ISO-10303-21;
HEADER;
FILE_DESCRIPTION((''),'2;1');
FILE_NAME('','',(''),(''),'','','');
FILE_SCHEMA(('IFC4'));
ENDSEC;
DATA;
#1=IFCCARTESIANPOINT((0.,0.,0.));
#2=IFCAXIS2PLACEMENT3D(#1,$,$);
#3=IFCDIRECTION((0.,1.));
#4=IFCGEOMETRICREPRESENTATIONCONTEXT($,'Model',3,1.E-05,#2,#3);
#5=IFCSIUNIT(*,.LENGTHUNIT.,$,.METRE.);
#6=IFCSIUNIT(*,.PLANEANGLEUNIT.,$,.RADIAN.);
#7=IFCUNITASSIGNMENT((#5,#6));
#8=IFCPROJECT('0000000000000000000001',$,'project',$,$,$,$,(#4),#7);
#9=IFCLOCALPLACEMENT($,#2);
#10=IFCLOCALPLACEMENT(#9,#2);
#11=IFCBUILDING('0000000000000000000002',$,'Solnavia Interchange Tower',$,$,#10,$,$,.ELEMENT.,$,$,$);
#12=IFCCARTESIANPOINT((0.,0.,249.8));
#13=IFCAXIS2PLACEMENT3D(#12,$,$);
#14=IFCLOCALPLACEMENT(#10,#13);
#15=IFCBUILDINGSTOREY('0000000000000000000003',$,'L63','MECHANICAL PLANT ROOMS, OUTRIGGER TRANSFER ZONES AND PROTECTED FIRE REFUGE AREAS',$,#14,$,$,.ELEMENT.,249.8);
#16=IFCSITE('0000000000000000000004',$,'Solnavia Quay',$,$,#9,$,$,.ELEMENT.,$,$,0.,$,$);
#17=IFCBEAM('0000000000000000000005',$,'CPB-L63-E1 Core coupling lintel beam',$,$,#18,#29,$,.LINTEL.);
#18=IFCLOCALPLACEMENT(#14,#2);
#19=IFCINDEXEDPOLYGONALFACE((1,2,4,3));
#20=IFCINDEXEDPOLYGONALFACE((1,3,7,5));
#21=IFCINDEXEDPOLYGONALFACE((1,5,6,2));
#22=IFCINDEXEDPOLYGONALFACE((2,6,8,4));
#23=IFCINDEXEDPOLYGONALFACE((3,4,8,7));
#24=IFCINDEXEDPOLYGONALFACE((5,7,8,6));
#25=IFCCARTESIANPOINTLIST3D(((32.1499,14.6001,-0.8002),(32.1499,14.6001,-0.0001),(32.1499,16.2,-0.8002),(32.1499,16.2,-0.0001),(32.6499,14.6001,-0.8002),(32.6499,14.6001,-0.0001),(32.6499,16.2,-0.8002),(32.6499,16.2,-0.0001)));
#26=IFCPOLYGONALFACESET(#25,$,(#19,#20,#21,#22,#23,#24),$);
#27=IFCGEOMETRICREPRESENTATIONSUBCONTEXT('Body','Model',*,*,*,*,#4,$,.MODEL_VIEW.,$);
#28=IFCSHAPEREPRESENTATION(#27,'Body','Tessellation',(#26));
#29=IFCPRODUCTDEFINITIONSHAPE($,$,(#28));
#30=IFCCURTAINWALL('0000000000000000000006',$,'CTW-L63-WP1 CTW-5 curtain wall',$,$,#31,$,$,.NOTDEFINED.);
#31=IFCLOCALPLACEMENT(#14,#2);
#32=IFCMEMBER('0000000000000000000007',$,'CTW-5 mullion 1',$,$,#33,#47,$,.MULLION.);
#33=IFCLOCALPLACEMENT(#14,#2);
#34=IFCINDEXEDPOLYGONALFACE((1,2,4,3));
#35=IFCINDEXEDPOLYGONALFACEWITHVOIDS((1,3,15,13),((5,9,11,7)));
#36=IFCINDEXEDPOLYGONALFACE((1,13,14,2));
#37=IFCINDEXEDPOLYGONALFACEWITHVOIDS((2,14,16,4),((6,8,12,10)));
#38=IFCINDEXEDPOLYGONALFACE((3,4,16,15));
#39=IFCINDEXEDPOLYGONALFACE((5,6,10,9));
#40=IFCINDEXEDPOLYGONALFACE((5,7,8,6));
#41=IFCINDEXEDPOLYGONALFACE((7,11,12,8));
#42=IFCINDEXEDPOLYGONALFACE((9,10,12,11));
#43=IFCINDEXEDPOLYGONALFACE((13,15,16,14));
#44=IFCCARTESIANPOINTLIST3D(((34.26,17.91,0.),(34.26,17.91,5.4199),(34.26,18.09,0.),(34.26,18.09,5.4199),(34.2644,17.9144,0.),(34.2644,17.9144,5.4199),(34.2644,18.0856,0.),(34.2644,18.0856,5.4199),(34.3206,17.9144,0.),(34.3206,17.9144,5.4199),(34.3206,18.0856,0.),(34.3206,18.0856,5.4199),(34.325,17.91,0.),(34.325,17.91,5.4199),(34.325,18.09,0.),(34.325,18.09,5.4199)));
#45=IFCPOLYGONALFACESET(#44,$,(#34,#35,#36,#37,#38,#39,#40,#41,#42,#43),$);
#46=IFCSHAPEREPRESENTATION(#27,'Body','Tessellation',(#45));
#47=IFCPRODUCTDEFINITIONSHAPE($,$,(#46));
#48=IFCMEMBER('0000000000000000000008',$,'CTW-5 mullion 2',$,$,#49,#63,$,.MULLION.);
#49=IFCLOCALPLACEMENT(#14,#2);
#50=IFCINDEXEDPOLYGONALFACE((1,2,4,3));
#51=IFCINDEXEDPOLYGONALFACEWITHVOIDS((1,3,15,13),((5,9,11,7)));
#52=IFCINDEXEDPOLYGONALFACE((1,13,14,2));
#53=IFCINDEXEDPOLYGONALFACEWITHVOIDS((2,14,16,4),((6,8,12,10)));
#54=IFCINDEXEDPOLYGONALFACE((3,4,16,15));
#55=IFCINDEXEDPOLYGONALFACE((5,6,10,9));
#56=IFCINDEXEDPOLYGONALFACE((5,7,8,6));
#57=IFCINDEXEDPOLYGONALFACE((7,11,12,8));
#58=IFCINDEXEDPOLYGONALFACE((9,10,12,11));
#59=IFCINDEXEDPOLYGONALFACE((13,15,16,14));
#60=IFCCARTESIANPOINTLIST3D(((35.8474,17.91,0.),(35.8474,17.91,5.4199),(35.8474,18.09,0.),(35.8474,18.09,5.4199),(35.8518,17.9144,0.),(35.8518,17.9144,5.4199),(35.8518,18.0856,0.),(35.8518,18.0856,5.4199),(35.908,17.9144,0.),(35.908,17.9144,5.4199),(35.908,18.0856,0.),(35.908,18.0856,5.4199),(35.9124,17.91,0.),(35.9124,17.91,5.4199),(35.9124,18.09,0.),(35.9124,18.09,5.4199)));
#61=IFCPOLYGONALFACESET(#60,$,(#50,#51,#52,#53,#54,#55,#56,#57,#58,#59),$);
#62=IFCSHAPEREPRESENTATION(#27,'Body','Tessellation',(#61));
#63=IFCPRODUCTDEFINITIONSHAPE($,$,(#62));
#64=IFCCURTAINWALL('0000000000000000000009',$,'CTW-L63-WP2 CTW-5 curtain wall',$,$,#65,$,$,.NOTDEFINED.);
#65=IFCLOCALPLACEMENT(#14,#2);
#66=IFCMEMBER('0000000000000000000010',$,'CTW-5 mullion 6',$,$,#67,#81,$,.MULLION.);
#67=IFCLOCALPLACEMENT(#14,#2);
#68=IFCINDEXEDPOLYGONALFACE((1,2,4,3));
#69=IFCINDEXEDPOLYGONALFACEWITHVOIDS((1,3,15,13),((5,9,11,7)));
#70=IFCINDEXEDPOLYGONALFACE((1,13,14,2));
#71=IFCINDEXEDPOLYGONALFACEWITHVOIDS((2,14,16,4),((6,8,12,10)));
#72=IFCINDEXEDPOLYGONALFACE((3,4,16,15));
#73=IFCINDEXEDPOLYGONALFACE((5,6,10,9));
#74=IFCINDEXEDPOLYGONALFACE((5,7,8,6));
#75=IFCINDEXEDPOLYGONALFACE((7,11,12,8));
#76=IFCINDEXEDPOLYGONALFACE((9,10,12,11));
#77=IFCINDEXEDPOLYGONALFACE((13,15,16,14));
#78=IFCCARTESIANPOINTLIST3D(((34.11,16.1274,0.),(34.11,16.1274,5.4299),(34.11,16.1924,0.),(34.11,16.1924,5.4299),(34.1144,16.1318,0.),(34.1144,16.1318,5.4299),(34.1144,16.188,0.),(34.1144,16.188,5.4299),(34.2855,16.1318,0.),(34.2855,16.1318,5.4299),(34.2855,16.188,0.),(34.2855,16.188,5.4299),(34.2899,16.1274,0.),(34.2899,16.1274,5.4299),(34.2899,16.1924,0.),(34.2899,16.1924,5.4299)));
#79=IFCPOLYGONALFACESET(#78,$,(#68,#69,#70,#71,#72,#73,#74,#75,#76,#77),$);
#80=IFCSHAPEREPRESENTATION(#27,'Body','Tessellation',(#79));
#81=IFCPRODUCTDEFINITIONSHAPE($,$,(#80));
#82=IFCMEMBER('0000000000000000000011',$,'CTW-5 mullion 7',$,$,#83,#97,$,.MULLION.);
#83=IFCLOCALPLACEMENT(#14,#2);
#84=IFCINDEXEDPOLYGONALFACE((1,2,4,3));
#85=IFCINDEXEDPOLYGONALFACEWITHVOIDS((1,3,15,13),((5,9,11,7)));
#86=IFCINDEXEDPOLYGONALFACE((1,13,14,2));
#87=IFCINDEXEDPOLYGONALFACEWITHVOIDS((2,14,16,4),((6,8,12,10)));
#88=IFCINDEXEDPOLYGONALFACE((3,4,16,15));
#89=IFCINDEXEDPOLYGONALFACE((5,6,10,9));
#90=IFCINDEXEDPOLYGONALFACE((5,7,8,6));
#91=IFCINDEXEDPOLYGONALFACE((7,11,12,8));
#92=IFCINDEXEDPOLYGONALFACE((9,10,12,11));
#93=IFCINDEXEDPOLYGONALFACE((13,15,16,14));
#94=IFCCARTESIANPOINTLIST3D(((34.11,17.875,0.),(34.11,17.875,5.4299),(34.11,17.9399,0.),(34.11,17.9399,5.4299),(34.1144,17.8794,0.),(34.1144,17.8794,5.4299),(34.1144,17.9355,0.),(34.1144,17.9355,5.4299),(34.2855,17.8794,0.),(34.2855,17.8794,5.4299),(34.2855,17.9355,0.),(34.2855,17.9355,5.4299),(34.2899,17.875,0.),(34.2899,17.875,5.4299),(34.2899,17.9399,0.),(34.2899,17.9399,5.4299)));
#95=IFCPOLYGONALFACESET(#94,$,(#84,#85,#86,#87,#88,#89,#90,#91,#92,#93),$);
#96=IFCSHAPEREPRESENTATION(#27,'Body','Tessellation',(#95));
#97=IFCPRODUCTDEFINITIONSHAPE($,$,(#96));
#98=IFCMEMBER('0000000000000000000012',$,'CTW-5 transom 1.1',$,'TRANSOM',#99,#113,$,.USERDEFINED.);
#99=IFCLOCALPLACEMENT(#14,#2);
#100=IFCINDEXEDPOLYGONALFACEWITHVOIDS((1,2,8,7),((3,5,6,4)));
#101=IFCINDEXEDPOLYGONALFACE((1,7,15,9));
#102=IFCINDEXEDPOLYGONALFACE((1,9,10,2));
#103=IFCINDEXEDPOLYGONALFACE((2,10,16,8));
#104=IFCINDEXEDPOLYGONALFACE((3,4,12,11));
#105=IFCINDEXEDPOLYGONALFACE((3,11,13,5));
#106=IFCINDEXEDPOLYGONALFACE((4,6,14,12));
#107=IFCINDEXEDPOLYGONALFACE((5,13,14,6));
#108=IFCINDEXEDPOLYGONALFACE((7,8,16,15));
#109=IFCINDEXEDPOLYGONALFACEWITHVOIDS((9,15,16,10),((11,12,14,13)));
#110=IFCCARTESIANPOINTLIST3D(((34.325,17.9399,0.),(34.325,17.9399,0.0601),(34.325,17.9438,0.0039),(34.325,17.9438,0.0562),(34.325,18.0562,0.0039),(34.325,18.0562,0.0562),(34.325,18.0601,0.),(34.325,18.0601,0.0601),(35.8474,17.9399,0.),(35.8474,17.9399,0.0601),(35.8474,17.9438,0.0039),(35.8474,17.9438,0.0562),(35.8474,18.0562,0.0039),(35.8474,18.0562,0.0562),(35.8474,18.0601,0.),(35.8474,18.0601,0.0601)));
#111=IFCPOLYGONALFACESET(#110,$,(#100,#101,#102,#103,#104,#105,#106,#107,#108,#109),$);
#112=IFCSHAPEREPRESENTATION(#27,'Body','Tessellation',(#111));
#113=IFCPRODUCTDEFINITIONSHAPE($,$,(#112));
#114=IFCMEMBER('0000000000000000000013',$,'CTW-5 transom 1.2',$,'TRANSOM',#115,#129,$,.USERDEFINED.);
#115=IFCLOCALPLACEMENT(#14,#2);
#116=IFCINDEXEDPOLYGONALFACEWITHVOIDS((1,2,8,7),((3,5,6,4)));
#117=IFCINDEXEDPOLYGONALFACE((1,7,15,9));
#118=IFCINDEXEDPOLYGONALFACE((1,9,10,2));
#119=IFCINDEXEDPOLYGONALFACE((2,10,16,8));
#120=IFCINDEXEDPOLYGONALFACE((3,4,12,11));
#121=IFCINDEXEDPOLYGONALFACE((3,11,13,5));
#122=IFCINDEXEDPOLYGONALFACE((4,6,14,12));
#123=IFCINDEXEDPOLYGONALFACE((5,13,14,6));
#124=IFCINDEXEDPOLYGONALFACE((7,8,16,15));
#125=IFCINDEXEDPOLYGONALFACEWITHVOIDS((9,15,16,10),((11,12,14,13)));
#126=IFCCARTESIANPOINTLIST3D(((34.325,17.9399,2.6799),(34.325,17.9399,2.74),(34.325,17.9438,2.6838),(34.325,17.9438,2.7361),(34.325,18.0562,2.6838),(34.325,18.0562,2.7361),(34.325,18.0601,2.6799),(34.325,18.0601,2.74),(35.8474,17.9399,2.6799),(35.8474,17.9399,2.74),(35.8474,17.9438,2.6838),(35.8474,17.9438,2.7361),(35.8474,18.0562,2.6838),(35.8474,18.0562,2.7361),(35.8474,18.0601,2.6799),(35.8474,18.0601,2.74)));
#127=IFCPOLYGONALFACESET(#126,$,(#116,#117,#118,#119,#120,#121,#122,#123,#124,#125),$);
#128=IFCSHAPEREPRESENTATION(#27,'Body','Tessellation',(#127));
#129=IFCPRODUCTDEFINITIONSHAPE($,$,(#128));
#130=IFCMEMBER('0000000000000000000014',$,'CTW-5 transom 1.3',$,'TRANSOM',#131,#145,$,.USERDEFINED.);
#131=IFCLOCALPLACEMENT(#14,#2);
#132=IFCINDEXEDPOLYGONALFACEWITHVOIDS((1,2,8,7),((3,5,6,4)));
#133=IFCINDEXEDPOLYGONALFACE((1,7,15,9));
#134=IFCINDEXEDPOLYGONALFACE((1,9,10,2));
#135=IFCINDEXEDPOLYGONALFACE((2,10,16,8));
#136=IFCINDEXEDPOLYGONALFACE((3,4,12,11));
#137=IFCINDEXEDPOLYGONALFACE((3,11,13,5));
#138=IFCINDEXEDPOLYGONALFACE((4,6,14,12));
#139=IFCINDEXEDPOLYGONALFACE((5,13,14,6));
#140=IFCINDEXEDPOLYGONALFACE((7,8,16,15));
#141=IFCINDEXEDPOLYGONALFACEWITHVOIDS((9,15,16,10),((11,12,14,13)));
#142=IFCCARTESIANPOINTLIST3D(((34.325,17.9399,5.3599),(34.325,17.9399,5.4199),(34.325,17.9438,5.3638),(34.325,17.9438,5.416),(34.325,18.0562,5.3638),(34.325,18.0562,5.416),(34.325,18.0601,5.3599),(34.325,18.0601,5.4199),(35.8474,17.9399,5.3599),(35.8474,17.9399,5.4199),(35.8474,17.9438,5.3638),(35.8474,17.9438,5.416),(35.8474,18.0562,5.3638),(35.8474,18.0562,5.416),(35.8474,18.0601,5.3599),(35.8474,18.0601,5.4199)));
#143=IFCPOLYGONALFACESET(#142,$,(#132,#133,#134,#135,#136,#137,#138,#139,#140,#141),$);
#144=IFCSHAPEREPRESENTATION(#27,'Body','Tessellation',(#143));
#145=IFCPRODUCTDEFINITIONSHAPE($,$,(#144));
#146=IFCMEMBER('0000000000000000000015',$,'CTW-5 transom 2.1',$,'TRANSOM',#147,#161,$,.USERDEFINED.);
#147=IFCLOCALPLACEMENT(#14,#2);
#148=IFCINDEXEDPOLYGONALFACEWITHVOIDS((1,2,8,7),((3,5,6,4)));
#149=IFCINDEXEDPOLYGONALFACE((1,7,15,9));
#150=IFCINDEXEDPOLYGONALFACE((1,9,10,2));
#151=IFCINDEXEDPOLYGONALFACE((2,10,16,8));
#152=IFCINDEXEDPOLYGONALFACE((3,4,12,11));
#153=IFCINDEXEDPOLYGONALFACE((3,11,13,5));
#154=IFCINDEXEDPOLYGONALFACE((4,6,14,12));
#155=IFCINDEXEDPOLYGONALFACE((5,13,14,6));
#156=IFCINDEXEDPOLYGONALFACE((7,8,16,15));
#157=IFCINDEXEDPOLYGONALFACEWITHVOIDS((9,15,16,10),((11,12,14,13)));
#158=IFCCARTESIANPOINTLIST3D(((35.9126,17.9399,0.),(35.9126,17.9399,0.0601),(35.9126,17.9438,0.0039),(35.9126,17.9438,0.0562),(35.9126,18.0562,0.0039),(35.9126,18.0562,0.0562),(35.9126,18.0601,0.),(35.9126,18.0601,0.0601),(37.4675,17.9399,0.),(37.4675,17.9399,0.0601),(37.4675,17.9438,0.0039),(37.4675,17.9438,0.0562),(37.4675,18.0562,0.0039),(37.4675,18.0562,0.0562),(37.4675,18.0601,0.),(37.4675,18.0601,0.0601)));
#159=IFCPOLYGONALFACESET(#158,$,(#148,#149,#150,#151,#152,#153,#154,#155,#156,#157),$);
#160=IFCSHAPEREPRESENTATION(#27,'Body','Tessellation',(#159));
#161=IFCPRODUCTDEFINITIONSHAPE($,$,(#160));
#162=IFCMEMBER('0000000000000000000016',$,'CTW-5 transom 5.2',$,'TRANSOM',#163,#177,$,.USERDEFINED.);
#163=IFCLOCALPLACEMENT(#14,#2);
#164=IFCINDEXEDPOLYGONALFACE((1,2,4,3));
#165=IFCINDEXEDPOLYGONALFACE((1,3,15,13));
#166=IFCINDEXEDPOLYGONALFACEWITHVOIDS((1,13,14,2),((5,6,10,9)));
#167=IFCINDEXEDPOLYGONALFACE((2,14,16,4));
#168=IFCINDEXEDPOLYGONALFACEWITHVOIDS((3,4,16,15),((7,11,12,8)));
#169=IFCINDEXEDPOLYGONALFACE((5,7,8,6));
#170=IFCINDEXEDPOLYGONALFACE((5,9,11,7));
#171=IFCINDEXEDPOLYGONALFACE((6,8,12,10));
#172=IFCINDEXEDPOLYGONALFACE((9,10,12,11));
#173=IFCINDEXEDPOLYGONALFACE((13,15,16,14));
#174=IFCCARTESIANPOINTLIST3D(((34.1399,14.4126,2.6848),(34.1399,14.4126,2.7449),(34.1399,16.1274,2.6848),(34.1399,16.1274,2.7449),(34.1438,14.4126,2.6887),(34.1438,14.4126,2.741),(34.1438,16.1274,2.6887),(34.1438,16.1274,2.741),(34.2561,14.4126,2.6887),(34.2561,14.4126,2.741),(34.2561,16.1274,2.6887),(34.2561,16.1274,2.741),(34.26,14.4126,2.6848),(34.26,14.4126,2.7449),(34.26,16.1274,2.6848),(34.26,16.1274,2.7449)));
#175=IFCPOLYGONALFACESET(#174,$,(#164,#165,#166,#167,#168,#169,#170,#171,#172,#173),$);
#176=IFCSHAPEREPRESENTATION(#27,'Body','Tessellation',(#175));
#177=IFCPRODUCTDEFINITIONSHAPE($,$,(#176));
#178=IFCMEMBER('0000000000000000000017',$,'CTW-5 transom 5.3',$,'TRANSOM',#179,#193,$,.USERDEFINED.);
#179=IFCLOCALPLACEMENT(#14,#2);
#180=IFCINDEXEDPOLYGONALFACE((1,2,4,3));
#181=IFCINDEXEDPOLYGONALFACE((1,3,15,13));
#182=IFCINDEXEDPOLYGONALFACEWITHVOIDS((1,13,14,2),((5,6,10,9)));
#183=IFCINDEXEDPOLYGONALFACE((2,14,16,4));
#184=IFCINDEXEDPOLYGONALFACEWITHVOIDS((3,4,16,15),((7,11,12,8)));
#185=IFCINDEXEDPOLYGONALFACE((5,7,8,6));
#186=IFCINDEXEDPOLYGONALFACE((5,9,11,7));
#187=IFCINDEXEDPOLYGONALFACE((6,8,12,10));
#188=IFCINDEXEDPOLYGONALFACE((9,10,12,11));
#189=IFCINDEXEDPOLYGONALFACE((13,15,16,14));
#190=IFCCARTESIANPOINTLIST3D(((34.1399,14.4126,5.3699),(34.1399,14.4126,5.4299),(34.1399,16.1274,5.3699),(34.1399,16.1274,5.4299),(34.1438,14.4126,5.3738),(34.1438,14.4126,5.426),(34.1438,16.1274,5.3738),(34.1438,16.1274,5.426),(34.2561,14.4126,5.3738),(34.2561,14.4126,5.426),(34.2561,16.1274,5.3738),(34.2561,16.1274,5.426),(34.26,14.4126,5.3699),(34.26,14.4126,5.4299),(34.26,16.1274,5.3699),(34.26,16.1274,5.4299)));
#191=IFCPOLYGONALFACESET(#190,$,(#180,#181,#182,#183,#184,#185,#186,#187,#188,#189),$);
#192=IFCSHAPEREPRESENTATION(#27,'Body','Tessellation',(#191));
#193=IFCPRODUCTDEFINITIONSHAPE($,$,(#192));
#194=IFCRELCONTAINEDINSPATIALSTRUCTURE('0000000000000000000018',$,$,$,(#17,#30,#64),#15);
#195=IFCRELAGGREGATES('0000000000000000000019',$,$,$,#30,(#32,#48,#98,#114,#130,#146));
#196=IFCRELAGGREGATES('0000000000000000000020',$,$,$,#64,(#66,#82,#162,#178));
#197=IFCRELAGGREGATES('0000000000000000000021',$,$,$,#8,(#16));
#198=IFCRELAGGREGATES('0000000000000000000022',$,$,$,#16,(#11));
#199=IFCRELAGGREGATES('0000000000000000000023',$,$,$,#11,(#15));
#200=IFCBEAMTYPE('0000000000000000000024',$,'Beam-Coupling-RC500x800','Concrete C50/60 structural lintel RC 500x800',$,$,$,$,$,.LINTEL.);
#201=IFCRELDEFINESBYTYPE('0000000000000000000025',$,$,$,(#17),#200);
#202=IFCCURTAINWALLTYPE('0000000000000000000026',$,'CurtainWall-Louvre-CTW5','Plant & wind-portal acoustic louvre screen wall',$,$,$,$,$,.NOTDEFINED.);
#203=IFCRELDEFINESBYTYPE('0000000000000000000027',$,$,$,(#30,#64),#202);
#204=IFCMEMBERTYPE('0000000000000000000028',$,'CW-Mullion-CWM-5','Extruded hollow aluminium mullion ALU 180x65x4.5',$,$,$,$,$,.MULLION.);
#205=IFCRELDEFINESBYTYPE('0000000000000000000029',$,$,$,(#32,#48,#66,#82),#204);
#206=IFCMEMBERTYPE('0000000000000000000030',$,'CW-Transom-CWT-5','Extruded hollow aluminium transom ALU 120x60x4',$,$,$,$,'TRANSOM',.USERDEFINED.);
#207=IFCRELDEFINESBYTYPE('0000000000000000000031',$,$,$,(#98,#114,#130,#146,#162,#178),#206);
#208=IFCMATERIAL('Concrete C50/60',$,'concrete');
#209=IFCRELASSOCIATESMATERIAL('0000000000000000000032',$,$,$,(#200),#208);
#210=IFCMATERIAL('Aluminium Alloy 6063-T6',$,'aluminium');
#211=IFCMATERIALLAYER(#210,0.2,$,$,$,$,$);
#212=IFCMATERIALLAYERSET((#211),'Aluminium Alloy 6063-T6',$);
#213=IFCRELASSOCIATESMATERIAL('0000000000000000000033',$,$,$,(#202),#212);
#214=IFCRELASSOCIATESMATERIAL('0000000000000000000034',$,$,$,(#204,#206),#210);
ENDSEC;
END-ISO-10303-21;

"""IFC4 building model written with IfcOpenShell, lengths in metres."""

from ifc_helpers import new_model, si_unit, direction, frame, origin, origin_2d, place, context, subcontext, project, spatial, rectangle, hollow_rectangle, extrude, material, layer, layer_set, material_profile, profile_set, type_object, element, aggregate, save


model = new_model("IFC4")

# Units and contexts
model_context = context("Model", 3, precision=1e-05, world=origin(), true_north=direction((0.0, 1.0)))
body_context = subcontext(model_context, "Body", "Model", "MODEL_VIEW")
ifc_project = project(units=[si_unit("LENGTHUNIT", "METRE"), si_unit("PLANEANGLEUNIT", "RADIAN")], contexts=[model_context])

# Site, building, storey
site_placement = place(None, origin())
site = spatial("IfcSite", under=ifc_project, at=site_placement, Name="Solnavia Quay", CompositionType="ELEMENT", RefElevation=0.0)
building_placement = place(site_placement, origin())
building = spatial("IfcBuilding", under=site, at=building_placement, Name="Solnavia Interchange Tower", CompositionType="ELEMENT")
storey_placement = place(building_placement, frame((0.0, 0.0, 249.8)))
storey = spatial("IfcBuildingStorey", under=building, at=storey_placement, Name="L63", Description="MECHANICAL PLANT ROOMS, OUTRIGGER TRANSFER ZONES AND PROTECTED FIRE REFUGE AREAS", CompositionType="ELEMENT", Elevation=249.8)

# Beam
ifc_material_1 = material(Name="Concrete C50/60", Category="concrete")
ifc_material_profile_1 = material_profile(ifc_material_1, rectangle(XDim=0.5, YDim=0.8, at=origin_2d()), Name="RC 500x800")
ifc_profile_set_1 = profile_set([ifc_material_profile_1], Name="Concrete C50/60")
beam_type = type_object("IfcBeamType", Name="Beam-Coupling-RC500x800", Description="Concrete C50/60 structural lintel RC 500x800", PredefinedType="LINTEL", material=ifc_profile_set_1)
beam_placement = place(storey_placement, frame((32.3999, 14.6001, -0.4001), z_axis=(0.0, 1.0, 0.0), x_axis=(-1.0, 0.0, 0.0)))
element("IfcBeam", 1, at=beam_placement, inside=storey, type_object=beam_type, Name="CPB-L63-E1 Core coupling lintel beam", PredefinedType="LINTEL", context=body_context, shape_type="SweptSolid", body=[
    extrude(rectangle(XDim=0.5, YDim=0.8, at=origin_2d()), origin(), (0.0, 0.0, 1.0), 1.5999),
])

# Curtain walls, members
ifc_material_2 = material(Name="Aluminium Alloy 6063-T6", Category="aluminium")
ifc_layer_1 = layer(ifc_material_2, 0.2)
ifc_layer_set_1 = layer_set([ifc_layer_1], Name="Aluminium Alloy 6063-T6")
curtain_wall_type = type_object("IfcCurtainWallType", Name="CurtainWall-Louvre-CTW5", Description="Plant & wind-portal acoustic louvre screen wall", PredefinedType="NOTDEFINED", material=ifc_layer_set_1)
curtain_wall_1_placement = place(storey_placement, origin())
curtain_wall_1 = element("IfcCurtainWall", 2, at=curtain_wall_1_placement, inside=storey, type_object=curtain_wall_type, Name="CTW-L63-WP1 CTW-5 curtain wall", PredefinedType="NOTDEFINED")
ifc_material_profile_2 = material_profile(ifc_material_2, hollow_rectangle(XDim=0.0649, YDim=0.1799, WallThickness=0.0044, at=origin_2d()), Name="ALU 180x65x4.5")
ifc_profile_set_2 = profile_set([ifc_material_profile_2], Name="Aluminium Alloy 6063-T6")
member_type_1 = type_object("IfcMemberType", Name="CW-Mullion-CWM-5", Description="Extruded hollow aluminium mullion ALU 180x65x4.5", PredefinedType="MULLION", material=ifc_profile_set_2)
member_1_placement = place(storey_placement, frame((34.2925, 18.0, 0.0), z_axis=(0.0, 0.0, 1.0), x_axis=(1.0, 0.0, 0.0)))
member_1 = element("IfcMember", 3, at=member_1_placement, type_object=member_type_1, Name="CTW-5 mullion 1", PredefinedType="MULLION", context=body_context, shape_type="SweptSolid", body=[
    extrude(hollow_rectangle(XDim=0.0649, YDim=0.1799, WallThickness=0.0044, at=origin_2d()), origin(), (0.0, 0.0, 1.0), 5.4199),
])
member_2_placement = place(storey_placement, frame((35.8799, 18.0, 0.0), z_axis=(0.0, 0.0, 1.0), x_axis=(1.0, 0.0, 0.0)))
member_2 = element("IfcMember", 4, at=member_2_placement, type_object=member_type_1, Name="CTW-5 mullion 2", PredefinedType="MULLION", context=body_context, shape_type="SweptSolid", body=[
    extrude(hollow_rectangle(XDim=0.0649, YDim=0.1799, WallThickness=0.0044, at=origin_2d()), origin(), (0.0, 0.0, 1.0), 5.4199),
])
curtain_wall_2_placement = place(storey_placement, origin())
curtain_wall_2 = element("IfcCurtainWall", 5, at=curtain_wall_2_placement, inside=storey, type_object=curtain_wall_type, Name="CTW-L63-WP2 CTW-5 curtain wall", PredefinedType="NOTDEFINED")
member_3_placement = place(storey_placement, frame((34.2, 16.1599, 0.0), z_axis=(0.0, 0.0, 1.0), x_axis=(0.0, 1.0, 0.0)))
member_3 = element("IfcMember", 6, at=member_3_placement, type_object=member_type_1, Name="CTW-5 mullion 6", PredefinedType="MULLION", context=body_context, shape_type="SweptSolid", body=[
    extrude(hollow_rectangle(XDim=0.0649, YDim=0.1799, WallThickness=0.0044, at=origin_2d()), origin(), (0.0, 0.0, 1.0), 5.4299),
])
member_4_placement = place(storey_placement, frame((34.2, 17.9075, 0.0), z_axis=(0.0, 0.0, 1.0), x_axis=(0.0, 1.0, 0.0)))
member_4 = element("IfcMember", 7, at=member_4_placement, type_object=member_type_1, Name="CTW-5 mullion 7", PredefinedType="MULLION", context=body_context, shape_type="SweptSolid", body=[
    extrude(hollow_rectangle(XDim=0.0649, YDim=0.1799, WallThickness=0.0044, at=origin_2d()), origin(), (0.0, 0.0, 1.0), 5.4299),
])

# Members
ifc_material_profile_3 = material_profile(ifc_material_2, hollow_rectangle(XDim=0.0601, YDim=0.1201, WallThickness=0.0039, at=origin_2d()), Name="ALU 120x60x4")
ifc_profile_set_3 = profile_set([ifc_material_profile_3], Name="Aluminium Alloy 6063-T6")
member_type_2 = type_object("IfcMemberType", Name="CW-Transom-CWT-5", Description="Extruded hollow aluminium transom ALU 120x60x4", ElementType="TRANSOM", PredefinedType="USERDEFINED", material=ifc_profile_set_3)
member_5_placement = place(storey_placement, frame((34.325, 18.0, 0.03), z_axis=(1.0, 0.0, 0.0), x_axis=(0.0, 0.0, 1.0)))
member_5 = element("IfcMember", 8, at=member_5_placement, type_object=member_type_2, Name="CTW-5 transom 1.1", ObjectType="TRANSOM", PredefinedType="USERDEFINED", context=body_context, shape_type="SweptSolid", body=[
    extrude(hollow_rectangle(XDim=0.0601, YDim=0.1201, WallThickness=0.0039, at=origin_2d()), origin(), (0.0, 0.0, 1.0), 1.5225),
])
member_6_placement = place(storey_placement, frame((34.325, 18.0, 2.71), z_axis=(1.0, 0.0, 0.0), x_axis=(0.0, 0.0, 1.0)))
member_6 = element("IfcMember", 9, at=member_6_placement, type_object=member_type_2, Name="CTW-5 transom 1.2", ObjectType="TRANSOM", PredefinedType="USERDEFINED", context=body_context, shape_type="SweptSolid", body=[
    extrude(hollow_rectangle(XDim=0.0601, YDim=0.1201, WallThickness=0.0039, at=origin_2d()), origin(), (0.0, 0.0, 1.0), 1.5225),
])
member_7_placement = place(storey_placement, frame((34.325, 18.0, 5.3899), z_axis=(1.0, 0.0, 0.0), x_axis=(0.0, 0.0, 1.0)))
member_7 = element("IfcMember", 10, at=member_7_placement, type_object=member_type_2, Name="CTW-5 transom 1.3", ObjectType="TRANSOM", PredefinedType="USERDEFINED", context=body_context, shape_type="SweptSolid", body=[
    extrude(hollow_rectangle(XDim=0.0601, YDim=0.1201, WallThickness=0.0039, at=origin_2d()), origin(), (0.0, 0.0, 1.0), 1.5225),
])
member_8_placement = place(storey_placement, frame((35.9126, 18.0, 0.03), z_axis=(1.0, 0.0, 0.0), x_axis=(0.0, 0.0, 1.0)))
member_8 = element("IfcMember", 11, at=member_8_placement, type_object=member_type_2, Name="CTW-5 transom 2.1", ObjectType="TRANSOM", PredefinedType="USERDEFINED", context=body_context, shape_type="SweptSolid", body=[
    extrude(hollow_rectangle(XDim=0.0601, YDim=0.1201, WallThickness=0.0039, at=origin_2d()), origin(), (0.0, 0.0, 1.0), 1.5549),
])
member_9_placement = place(storey_placement, frame((34.2, 14.4126, 2.7148), z_axis=(0.0, 1.0, 0.0), x_axis=(0.0, 0.0, 1.0)))
member_9 = element("IfcMember", 12, at=member_9_placement, type_object=member_type_2, Name="CTW-5 transom 5.2", ObjectType="TRANSOM", PredefinedType="USERDEFINED", context=body_context, shape_type="SweptSolid", body=[
    extrude(hollow_rectangle(XDim=0.0601, YDim=0.1201, WallThickness=0.0039, at=origin_2d()), origin(), (0.0, 0.0, 1.0), 1.7148),
])
member_10_placement = place(storey_placement, frame((34.2, 14.4126, 5.3999), z_axis=(0.0, 1.0, 0.0), x_axis=(0.0, 0.0, 1.0)))
member_10 = element("IfcMember", 13, at=member_10_placement, type_object=member_type_2, Name="CTW-5 transom 5.3", ObjectType="TRANSOM", PredefinedType="USERDEFINED", context=body_context, shape_type="SweptSolid", body=[
    extrude(hollow_rectangle(XDim=0.0601, YDim=0.1201, WallThickness=0.0039, at=origin_2d()), origin(), (0.0, 0.0, 1.0), 1.7148),
])

aggregate(curtain_wall_1, [member_1, member_2, member_5, member_6, member_7, member_8])
aggregate(curtain_wall_2, [member_3, member_4, member_9, member_10])

save(model, "model.ifc")
